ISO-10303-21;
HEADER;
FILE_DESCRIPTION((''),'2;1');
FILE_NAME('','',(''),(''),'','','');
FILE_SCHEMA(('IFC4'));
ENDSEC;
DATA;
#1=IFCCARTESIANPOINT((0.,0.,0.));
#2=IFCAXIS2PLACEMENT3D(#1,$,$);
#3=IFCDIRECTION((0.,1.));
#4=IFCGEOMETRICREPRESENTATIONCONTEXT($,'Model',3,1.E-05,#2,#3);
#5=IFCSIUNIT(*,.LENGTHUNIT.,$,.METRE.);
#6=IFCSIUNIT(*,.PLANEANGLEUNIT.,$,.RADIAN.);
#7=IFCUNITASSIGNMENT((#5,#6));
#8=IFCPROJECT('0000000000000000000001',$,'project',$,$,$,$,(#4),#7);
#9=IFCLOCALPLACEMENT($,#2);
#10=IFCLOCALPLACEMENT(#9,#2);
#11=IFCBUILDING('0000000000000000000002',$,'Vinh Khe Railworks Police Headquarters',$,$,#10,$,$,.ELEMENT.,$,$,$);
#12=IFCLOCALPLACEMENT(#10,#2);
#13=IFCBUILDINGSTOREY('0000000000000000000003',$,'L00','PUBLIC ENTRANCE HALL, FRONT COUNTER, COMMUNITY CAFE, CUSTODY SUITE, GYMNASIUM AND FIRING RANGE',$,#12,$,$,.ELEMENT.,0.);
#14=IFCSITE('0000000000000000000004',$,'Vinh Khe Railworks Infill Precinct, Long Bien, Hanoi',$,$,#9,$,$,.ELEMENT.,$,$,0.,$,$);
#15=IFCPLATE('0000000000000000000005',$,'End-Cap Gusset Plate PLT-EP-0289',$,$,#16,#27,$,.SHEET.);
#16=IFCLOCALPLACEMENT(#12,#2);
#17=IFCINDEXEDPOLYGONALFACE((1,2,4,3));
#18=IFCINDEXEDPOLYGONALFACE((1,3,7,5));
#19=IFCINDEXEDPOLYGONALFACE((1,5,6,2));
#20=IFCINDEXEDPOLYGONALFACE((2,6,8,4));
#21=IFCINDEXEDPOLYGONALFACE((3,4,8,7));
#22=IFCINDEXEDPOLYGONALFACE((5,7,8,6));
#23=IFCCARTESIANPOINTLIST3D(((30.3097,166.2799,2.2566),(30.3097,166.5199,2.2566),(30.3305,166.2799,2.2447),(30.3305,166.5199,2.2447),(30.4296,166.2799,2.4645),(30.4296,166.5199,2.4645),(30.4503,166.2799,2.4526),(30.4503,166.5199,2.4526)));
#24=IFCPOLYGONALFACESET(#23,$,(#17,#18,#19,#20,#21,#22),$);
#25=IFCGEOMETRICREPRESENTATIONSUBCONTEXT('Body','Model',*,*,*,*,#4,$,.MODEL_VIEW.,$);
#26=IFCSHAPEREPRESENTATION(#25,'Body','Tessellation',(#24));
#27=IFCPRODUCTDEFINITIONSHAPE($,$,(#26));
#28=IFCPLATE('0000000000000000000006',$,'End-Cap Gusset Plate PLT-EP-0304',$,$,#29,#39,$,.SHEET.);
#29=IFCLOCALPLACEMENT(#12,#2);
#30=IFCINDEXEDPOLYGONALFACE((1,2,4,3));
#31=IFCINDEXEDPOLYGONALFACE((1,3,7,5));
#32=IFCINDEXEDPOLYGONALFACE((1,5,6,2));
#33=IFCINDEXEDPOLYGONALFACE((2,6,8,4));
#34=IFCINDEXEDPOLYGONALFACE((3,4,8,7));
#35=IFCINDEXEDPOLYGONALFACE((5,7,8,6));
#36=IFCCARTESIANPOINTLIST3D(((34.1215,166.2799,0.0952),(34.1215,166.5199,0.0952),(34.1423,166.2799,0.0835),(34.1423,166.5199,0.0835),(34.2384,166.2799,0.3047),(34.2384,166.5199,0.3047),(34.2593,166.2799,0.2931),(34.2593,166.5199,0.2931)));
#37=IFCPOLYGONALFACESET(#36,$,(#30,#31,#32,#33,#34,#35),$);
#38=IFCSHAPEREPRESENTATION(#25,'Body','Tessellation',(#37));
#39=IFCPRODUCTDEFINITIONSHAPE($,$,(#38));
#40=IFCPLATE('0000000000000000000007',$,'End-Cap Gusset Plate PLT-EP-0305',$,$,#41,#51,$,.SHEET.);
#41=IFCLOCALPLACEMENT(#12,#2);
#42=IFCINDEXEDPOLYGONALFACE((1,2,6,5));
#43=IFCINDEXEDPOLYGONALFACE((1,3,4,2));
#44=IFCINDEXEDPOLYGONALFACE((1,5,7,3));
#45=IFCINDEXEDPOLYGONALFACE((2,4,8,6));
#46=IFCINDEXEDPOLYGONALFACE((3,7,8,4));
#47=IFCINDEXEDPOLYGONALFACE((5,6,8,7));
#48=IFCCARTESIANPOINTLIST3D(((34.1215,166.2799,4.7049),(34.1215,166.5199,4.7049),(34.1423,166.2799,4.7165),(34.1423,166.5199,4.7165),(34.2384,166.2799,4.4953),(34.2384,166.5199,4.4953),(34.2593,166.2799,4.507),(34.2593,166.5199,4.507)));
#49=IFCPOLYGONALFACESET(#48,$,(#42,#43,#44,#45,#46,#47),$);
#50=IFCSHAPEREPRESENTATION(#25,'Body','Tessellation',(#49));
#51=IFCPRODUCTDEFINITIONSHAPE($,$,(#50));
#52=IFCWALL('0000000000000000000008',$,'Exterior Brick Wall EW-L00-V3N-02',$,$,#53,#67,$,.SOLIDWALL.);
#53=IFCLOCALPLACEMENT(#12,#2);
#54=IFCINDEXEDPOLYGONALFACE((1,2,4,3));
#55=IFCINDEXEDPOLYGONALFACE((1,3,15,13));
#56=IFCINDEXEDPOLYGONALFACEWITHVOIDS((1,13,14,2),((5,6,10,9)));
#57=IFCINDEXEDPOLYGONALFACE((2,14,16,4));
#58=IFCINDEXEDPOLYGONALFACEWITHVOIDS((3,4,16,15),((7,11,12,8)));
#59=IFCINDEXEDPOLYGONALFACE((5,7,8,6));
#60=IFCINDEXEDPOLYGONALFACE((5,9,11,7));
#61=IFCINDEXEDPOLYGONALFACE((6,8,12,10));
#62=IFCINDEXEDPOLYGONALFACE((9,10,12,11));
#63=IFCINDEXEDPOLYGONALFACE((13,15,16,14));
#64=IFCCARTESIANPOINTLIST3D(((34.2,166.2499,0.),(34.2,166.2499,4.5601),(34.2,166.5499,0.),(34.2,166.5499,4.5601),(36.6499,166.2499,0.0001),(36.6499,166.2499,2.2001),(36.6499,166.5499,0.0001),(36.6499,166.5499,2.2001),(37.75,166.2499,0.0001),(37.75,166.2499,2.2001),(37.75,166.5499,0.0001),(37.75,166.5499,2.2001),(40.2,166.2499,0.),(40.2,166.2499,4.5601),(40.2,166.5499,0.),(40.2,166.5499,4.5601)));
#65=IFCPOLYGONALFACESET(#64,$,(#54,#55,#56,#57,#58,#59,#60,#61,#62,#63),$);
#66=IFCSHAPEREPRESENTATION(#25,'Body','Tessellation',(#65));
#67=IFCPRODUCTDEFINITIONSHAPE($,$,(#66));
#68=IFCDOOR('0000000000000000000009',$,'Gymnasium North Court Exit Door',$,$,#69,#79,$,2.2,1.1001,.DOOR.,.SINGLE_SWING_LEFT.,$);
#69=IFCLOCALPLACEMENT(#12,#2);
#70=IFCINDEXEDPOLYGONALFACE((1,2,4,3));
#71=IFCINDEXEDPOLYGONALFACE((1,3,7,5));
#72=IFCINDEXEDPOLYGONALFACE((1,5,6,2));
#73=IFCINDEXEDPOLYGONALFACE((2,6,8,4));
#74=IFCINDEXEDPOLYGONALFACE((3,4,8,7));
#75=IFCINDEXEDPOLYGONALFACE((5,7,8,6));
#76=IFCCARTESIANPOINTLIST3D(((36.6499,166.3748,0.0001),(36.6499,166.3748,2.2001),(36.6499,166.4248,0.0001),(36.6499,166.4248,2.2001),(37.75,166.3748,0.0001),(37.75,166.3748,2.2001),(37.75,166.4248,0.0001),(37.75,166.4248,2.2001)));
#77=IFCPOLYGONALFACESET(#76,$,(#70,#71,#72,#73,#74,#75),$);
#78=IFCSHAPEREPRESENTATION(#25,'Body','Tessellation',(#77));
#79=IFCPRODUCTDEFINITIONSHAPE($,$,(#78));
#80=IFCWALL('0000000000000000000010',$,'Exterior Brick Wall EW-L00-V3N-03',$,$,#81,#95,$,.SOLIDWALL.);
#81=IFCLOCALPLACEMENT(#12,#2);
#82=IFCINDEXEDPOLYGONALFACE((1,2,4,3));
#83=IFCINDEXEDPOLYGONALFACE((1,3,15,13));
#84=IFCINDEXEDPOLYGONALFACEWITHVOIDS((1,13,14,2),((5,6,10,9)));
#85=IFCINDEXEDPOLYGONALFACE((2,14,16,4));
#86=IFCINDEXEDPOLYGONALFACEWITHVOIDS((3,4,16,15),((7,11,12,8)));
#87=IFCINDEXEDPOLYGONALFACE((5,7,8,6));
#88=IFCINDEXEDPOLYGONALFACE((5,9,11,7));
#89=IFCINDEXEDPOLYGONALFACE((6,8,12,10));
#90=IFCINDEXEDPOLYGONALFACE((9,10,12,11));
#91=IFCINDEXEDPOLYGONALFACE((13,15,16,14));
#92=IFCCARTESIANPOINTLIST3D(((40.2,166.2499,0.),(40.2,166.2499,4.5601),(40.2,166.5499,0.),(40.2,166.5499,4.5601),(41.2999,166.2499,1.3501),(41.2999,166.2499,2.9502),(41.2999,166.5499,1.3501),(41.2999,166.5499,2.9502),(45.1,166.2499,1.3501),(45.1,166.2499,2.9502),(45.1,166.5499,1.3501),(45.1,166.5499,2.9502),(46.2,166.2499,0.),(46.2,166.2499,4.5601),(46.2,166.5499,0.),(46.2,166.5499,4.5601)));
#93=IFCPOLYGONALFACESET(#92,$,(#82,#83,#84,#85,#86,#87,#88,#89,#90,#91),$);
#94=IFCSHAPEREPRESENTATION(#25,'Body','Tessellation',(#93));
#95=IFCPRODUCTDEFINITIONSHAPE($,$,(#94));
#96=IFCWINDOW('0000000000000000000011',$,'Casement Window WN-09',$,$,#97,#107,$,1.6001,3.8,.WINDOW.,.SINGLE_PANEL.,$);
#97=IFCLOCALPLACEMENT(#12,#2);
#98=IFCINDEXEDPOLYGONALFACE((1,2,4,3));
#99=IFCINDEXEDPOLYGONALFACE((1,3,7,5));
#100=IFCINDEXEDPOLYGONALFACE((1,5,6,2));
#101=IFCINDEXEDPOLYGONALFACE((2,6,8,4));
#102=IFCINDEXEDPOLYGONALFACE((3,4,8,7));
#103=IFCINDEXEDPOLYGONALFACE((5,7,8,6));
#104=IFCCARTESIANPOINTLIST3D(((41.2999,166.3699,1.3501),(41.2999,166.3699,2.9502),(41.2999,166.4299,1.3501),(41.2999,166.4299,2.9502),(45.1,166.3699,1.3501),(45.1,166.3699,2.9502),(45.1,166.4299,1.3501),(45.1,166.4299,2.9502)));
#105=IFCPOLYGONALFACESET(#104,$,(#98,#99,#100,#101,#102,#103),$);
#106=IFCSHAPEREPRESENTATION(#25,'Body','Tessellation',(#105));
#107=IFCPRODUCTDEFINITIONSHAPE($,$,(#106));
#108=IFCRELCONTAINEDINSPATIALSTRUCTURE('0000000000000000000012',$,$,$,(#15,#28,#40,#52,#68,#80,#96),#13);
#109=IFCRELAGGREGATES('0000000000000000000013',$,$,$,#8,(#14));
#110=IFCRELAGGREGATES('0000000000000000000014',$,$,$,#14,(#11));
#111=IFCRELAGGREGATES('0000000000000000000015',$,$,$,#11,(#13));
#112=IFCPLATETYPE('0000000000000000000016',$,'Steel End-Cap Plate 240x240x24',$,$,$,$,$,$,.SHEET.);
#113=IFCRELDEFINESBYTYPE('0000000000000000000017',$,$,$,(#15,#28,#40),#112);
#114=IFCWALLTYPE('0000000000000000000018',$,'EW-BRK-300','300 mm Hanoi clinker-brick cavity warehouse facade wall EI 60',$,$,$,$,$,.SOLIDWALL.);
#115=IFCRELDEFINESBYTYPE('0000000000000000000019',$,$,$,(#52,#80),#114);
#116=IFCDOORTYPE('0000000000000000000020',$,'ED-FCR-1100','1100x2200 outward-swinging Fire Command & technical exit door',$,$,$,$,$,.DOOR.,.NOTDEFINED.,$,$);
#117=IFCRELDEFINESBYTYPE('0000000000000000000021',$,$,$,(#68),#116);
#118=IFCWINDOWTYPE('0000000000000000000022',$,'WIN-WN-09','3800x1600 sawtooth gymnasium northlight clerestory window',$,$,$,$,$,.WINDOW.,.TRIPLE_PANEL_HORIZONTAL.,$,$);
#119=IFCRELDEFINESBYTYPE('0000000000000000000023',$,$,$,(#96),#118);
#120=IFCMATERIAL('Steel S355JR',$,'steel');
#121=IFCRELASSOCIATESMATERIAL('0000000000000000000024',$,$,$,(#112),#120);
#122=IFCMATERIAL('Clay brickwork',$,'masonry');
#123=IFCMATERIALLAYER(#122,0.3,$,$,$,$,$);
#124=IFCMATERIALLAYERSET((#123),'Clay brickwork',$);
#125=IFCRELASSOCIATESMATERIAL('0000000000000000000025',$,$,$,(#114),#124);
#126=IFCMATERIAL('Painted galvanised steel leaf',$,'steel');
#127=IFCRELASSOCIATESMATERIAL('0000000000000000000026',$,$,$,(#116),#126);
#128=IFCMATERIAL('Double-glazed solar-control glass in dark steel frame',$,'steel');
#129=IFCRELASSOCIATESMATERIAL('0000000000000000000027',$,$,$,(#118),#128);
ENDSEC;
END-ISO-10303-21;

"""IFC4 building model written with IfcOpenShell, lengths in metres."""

from ifc_helpers import new_model, si_unit, direction, frame, frame_2d, origin, origin_2d, place, context, subcontext, project, spatial, rectangle, extrude, material, layer, layer_set, material_profile, profile_set, type_object, element, fill, save


model = new_model("IFC4")

# Units and contexts
model_context = context("Model", 3, precision=1e-05, world=origin(), true_north=direction((0.0, 1.0)))
body_context = subcontext(model_context, "Body", "Model", "MODEL_VIEW")
ifc_project = project(units=[si_unit("LENGTHUNIT", "METRE"), si_unit("PLANEANGLEUNIT", "RADIAN")], contexts=[model_context])

# Site, building, storey
site_placement = place(None, origin())
site = spatial("IfcSite", under=ifc_project, at=site_placement, Name="Vinh Khe Railworks Infill Precinct, Long Bien, Hanoi", CompositionType="ELEMENT", RefElevation=0.0)
building_placement = place(site_placement, origin())
building = spatial("IfcBuilding", under=site, at=building_placement, Name="Vinh Khe Railworks Police Headquarters", CompositionType="ELEMENT")
storey_placement = place(building_placement, origin())
storey = spatial("IfcBuildingStorey", under=building, at=storey_placement, Name="L00", Description="PUBLIC ENTRANCE HALL, FRONT COUNTER, COMMUNITY CAFE, CUSTODY SUITE, GYMNASIUM AND FIRING RANGE", CompositionType="ELEMENT", Elevation=0.0)

# Shared definitions
ifc_material_1 = material(Name="Steel S355JR", Category="steel")

# Plates
ifc_material_profile_1 = material_profile(ifc_material_1, rectangle(XDim=0.24, YDim=0.24, at=origin_2d()), Name="PL 240x240")
ifc_profile_set_1 = profile_set([ifc_material_profile_1], Name="Steel S355JR")
plate_type = type_object("IfcPlateType", Name="Steel End-Cap Plate 240x240x24", PredefinedType="SHEET", material=ifc_profile_set_1)
for number, where, z_axis, x_axis, name in (
    (1, (30.3904, 166.3999, 2.3486), (-0.866355, 0.0, 0.499428), (0.0, -1.0, 0.0), "End-Cap Gusset Plate PLT-EP-0289"),
    (2, (34.1799, 166.3999, 0.2), (0.873198, 0.0, -0.487366), (0.0, 1.0, 0.0), "End-Cap Gusset Plate PLT-EP-0304"),
    (3, (34.1799, 166.3999, 4.6001), (0.873198, 0.0, 0.487366), (0.0, 1.0, 0.0), "End-Cap Gusset Plate PLT-EP-0305"),
):
    element("IfcPlate", number, at=place(storey_placement, frame(where, z_axis=z_axis, x_axis=x_axis)), inside=storey, type_object=plate_type, Name=name, PredefinedType="SHEET", context=body_context, shape_type="SweptSolid", body=[
        extrude(rectangle(XDim=0.24, YDim=0.24, at=origin_2d()), origin(), (0.0, 0.0, 1.0), 0.0239),
    ])

# Wall, opening, door
ifc_material_2 = material(Name="Clay brickwork", Category="masonry")
ifc_layer = layer(ifc_material_2, 0.3)
ifc_layer_set = layer_set([ifc_layer], Name="Clay brickwork")
wall_type = type_object("IfcWallType", Name="EW-BRK-300", Description="300 mm Hanoi clinker-brick cavity warehouse facade wall EI 60", PredefinedType="SOLIDWALL", material=ifc_layer_set)
wall_1_placement = place(storey_placement, frame((34.2, 166.3999, 0.0), z_axis=(0.0, 0.0, 1.0), x_axis=(1.0, 0.0, 0.0)))
wall_1 = element("IfcWall", 4, at=wall_1_placement, inside=storey, type_object=wall_type, Name="Exterior Brick Wall EW-L00-V3N-02", PredefinedType="SOLIDWALL", context=body_context, shape_type="SweptSolid", body=[
    extrude(rectangle(XDim=6.0, YDim=0.3, at=frame_2d((3.0, 0.0))), origin(), (0.0, 0.0, 1.0), 4.5601),
])
opening_1_placement = place(wall_1_placement, frame((2.45, 0.0, 0.0)))
opening_1 = element("IfcOpeningElement", 5, at=opening_1_placement, cuts=wall_1, PredefinedType="OPENING", context=body_context, shape_type="SweptSolid", body=[
    extrude(rectangle(XDim=1.1001, YDim=2.2, at=frame_2d((0.55, 1.1001))), frame((0.0, 0.165, 0.0), z_axis=(0.0, -1.0, 0.0), x_axis=(1.0, 0.0, 0.0)), (0.0, 0.0, 1.0), 0.3298),
])
ifc_material_3 = material(Name="Painted galvanised steel leaf", Category="steel")
door_type = type_object("IfcDoorType", Name="ED-FCR-1100", Description="1100x2200 outward-swinging Fire Command & technical exit door", OperationType="NOTDEFINED", PredefinedType="DOOR", material=ifc_material_3)
door_placement = place(opening_1_placement, origin())
door = element("IfcDoor", 6, at=door_placement, inside=storey, type_object=door_type, Name="Gymnasium North Court Exit Door", OperationType="SINGLE_SWING_LEFT", OverallHeight=2.2, OverallWidth=1.1001, PredefinedType="DOOR", context=body_context, shape_type="SweptSolid", body=[
    extrude(rectangle(XDim=1.1001, YDim=2.2, at=frame_2d((0.55, 1.1001))), frame((0.0, 0.0249, 0.0), z_axis=(0.0, -1.0, 0.0), x_axis=(1.0, 0.0, 0.0)), (0.0, 0.0, 1.0), 0.05),
])
fill(opening_1, door)

# Wall, opening, window
wall_2_placement = place(storey_placement, frame((40.2, 166.3999, 0.0), z_axis=(0.0, 0.0, 1.0), x_axis=(1.0, 0.0, 0.0)))
wall_2 = element("IfcWall", 7, at=wall_2_placement, inside=storey, type_object=wall_type, Name="Exterior Brick Wall EW-L00-V3N-03", PredefinedType="SOLIDWALL", context=body_context, shape_type="SweptSolid", body=[
    extrude(rectangle(XDim=6.0, YDim=0.3, at=frame_2d((3.0, 0.0))), origin(), (0.0, 0.0, 1.0), 4.5601),
])
opening_2_placement = place(wall_2_placement, frame((1.1001, 0.0, 1.3501)))
opening_2 = element("IfcOpeningElement", 8, at=opening_2_placement, cuts=wall_2, PredefinedType="OPENING", context=body_context, shape_type="SweptSolid", body=[
    extrude(rectangle(XDim=3.8, YDim=1.6001, at=frame_2d((1.8999, 0.8))), frame((0.0, 0.165, 0.0), z_axis=(0.0, -1.0, 0.0), x_axis=(1.0, 0.0, 0.0)), (0.0, 0.0, 1.0), 0.3298),
])
ifc_material_4 = material(Name="Double-glazed solar-control glass in dark steel frame", Category="steel")
window_type = type_object("IfcWindowType", Name="WIN-WN-09", Description="3800x1600 sawtooth gymnasium northlight clerestory window", PartitioningType="TRIPLE_PANEL_HORIZONTAL", PredefinedType="WINDOW", material=ifc_material_4)
window_placement = place(opening_2_placement, origin())
window = element("IfcWindow", 9, at=window_placement, inside=storey, type_object=window_type, Name="Casement Window WN-09", OverallHeight=1.6001, OverallWidth=3.8, PartitioningType="SINGLE_PANEL", PredefinedType="WINDOW", context=body_context, shape_type="SweptSolid", body=[
    extrude(rectangle(XDim=3.8, YDim=1.6001, at=frame_2d((1.8999, 0.8))), frame((0.0, 0.03, 0.0), z_axis=(0.0, -1.0, 0.0), x_axis=(1.0, 0.0, 0.0)), (0.0, 0.0, 1.0), 0.0601),
])
fill(opening_2, window)

save(model, "model.ifc")
